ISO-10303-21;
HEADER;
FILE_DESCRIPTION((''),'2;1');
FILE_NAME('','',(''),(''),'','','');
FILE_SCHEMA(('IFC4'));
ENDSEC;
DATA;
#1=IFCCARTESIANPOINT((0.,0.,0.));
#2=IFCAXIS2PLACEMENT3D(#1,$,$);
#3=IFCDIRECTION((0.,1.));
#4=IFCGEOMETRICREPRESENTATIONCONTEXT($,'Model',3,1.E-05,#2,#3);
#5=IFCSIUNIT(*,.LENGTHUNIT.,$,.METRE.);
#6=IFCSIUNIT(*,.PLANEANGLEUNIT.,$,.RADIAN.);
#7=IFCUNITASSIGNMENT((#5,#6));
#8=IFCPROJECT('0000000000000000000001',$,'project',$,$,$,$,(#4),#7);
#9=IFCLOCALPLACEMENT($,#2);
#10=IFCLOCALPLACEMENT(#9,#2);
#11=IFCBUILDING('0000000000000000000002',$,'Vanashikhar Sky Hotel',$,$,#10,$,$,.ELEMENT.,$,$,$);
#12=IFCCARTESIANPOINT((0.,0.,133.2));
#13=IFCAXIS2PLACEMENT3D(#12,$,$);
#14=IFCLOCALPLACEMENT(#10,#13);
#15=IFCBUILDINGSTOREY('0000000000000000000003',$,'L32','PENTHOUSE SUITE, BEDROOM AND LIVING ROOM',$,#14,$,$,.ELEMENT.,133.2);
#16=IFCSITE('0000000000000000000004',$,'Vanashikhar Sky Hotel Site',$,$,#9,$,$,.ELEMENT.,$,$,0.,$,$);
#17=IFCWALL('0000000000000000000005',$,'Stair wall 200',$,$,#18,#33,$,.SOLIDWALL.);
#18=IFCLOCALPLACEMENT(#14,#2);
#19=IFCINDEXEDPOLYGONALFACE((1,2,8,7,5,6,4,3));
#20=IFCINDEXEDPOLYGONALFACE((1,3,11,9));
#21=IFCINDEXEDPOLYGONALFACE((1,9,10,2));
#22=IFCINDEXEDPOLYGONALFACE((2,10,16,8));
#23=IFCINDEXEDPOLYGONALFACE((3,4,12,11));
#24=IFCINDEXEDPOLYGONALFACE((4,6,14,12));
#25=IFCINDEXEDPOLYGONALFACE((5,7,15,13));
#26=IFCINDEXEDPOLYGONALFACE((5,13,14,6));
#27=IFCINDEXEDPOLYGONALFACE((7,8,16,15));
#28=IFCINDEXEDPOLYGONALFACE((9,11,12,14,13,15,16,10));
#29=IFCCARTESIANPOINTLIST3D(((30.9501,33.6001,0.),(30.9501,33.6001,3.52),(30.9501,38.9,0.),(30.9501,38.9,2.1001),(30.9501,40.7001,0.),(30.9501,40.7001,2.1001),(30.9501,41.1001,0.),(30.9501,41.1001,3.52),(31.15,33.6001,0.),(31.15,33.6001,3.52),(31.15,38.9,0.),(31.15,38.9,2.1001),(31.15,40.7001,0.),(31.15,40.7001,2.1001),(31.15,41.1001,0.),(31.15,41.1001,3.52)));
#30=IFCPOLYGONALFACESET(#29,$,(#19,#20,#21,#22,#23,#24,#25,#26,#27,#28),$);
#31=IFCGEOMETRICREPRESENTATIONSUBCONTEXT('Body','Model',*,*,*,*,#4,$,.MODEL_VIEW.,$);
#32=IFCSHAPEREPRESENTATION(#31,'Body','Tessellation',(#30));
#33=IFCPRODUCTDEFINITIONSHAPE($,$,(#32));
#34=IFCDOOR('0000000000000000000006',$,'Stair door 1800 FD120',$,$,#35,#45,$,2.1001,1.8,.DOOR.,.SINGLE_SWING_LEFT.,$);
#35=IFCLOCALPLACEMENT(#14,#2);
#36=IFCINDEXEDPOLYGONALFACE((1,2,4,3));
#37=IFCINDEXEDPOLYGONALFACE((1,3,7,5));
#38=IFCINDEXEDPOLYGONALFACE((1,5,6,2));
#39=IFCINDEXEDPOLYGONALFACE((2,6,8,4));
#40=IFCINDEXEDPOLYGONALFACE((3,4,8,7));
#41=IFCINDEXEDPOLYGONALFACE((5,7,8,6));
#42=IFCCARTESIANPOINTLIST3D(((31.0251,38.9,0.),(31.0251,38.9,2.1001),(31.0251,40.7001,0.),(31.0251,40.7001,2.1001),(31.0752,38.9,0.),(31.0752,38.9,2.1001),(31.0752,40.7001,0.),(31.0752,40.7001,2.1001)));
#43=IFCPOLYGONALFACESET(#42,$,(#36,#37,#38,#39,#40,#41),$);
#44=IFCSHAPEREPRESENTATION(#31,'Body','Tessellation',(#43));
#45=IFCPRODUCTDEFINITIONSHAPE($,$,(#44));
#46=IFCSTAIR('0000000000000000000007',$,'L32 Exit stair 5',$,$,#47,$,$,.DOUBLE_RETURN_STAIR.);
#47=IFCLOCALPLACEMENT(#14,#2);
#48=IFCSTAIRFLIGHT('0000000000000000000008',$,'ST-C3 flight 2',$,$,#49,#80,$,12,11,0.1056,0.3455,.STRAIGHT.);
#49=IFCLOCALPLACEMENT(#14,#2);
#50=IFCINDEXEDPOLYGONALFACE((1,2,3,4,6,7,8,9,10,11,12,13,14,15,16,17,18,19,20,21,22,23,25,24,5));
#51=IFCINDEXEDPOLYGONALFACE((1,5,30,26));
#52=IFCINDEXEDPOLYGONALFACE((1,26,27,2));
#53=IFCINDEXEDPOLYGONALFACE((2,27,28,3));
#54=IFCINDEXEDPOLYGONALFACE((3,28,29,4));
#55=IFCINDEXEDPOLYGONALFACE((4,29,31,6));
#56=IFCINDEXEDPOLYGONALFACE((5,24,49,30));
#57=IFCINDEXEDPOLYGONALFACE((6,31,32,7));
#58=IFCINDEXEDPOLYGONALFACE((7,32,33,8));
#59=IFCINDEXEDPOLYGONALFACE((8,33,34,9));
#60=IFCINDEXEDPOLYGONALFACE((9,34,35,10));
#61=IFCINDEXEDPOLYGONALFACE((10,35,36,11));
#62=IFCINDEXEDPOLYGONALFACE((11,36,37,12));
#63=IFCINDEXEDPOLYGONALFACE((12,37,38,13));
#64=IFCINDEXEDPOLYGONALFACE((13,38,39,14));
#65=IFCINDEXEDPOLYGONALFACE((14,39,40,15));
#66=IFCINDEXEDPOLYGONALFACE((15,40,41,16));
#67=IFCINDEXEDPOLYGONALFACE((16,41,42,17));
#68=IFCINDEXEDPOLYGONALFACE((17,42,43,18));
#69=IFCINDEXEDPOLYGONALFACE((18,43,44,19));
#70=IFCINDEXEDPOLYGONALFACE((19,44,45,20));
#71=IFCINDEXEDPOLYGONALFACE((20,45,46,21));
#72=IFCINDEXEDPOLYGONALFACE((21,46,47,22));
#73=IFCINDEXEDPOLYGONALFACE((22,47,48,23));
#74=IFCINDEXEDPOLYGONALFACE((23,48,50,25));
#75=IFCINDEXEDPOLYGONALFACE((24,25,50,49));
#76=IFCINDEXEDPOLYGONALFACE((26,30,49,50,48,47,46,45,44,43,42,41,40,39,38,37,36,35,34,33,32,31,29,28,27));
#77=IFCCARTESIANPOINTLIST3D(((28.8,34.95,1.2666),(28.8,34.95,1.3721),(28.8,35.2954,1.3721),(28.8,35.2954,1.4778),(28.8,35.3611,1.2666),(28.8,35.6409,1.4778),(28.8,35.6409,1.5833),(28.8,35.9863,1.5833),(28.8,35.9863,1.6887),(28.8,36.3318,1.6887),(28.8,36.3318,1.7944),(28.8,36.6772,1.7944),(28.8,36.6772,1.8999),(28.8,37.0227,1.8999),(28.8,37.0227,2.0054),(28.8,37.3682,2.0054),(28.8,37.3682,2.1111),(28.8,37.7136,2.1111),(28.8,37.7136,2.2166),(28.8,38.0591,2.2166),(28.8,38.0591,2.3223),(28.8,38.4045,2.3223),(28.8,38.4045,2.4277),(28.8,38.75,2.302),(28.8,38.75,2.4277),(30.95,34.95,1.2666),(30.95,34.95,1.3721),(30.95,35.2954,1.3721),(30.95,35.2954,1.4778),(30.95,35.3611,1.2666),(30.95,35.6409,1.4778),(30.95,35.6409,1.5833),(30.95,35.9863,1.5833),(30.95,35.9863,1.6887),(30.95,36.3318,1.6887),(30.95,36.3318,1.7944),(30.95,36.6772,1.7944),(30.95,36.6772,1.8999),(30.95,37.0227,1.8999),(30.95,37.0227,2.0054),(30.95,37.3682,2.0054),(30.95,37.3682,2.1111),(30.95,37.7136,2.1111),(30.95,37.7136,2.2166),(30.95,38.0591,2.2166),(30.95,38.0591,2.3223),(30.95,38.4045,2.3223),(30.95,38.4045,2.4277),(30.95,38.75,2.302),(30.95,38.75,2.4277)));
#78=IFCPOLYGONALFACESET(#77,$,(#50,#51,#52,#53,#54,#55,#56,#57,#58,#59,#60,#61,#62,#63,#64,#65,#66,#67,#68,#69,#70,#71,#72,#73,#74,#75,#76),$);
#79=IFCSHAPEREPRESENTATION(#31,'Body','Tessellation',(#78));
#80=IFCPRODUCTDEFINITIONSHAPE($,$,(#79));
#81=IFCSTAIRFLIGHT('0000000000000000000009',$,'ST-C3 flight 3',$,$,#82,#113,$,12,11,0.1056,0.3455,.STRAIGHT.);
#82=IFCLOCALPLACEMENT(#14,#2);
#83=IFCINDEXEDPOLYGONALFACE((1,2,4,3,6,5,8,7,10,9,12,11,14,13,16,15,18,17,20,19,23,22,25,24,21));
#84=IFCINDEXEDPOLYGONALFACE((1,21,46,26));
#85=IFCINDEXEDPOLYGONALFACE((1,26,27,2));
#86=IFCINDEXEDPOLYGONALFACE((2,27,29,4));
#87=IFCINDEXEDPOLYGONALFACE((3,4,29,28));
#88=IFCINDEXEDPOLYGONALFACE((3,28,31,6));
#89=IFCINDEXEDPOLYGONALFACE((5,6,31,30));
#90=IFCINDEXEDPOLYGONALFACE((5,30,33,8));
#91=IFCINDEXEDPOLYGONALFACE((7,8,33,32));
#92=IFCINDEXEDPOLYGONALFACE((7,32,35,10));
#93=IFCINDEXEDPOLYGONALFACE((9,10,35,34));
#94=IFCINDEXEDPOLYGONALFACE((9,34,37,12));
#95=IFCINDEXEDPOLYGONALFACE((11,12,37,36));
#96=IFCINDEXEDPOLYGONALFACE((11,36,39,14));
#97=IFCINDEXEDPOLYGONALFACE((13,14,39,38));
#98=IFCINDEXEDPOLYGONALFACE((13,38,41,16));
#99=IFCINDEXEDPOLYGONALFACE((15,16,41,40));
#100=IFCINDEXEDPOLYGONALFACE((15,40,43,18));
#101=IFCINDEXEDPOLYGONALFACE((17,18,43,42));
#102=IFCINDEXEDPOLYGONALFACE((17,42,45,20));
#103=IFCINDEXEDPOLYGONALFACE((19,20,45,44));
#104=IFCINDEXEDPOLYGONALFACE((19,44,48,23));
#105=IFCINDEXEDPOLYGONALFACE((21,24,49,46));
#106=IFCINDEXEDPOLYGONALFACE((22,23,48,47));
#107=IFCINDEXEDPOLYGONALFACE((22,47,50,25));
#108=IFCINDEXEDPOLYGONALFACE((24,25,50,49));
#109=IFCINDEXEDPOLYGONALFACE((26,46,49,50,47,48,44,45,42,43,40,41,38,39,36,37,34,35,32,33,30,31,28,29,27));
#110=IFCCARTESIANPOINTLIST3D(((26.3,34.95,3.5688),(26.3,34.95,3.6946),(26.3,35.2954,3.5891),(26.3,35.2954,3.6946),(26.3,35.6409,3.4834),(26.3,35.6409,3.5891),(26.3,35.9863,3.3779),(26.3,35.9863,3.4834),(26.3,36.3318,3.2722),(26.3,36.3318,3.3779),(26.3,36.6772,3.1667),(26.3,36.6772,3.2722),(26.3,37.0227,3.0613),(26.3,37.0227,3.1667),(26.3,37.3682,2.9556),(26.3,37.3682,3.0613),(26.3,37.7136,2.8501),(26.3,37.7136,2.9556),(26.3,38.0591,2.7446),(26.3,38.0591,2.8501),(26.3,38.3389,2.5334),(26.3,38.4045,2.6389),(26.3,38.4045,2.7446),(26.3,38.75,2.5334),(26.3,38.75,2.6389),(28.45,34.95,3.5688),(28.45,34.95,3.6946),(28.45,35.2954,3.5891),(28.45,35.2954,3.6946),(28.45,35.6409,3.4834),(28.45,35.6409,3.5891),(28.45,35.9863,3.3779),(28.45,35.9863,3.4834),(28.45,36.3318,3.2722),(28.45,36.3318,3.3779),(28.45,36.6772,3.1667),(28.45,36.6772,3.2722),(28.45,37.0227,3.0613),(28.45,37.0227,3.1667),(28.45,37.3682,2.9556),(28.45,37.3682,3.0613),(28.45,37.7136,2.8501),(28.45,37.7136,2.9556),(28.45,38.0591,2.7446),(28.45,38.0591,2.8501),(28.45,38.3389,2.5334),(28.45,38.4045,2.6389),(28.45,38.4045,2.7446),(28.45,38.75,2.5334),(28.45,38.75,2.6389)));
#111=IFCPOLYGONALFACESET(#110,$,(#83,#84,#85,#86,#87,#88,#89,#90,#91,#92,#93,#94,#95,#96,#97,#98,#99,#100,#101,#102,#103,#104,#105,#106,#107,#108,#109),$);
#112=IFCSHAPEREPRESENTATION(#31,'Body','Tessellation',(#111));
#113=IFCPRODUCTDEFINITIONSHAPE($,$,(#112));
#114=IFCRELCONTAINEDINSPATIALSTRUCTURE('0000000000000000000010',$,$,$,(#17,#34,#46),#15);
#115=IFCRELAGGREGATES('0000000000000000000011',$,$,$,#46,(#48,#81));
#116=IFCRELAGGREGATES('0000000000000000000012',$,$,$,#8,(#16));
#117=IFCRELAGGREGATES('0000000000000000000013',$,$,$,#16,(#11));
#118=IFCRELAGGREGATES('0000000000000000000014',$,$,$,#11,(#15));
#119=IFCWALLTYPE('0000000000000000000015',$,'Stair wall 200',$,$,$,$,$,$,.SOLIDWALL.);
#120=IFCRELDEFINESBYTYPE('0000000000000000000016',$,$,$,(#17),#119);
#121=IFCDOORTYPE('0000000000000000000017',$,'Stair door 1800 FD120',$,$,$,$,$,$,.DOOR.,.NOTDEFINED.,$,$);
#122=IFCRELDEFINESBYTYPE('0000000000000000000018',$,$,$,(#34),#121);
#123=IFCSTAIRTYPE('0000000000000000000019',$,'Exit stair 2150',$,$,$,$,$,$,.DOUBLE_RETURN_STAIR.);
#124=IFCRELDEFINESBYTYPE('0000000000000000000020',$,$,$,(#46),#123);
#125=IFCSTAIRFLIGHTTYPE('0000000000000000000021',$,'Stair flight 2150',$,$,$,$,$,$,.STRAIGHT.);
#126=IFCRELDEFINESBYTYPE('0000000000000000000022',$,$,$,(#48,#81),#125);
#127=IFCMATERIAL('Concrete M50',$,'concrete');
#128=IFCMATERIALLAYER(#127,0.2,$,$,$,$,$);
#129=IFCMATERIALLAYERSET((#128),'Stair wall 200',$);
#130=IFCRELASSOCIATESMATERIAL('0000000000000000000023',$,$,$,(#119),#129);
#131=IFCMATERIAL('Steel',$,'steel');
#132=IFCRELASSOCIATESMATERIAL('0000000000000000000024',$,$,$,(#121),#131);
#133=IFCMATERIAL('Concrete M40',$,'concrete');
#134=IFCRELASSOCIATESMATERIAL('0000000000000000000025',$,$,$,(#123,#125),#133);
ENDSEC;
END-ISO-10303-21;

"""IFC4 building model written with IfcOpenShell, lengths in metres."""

from ifc_helpers import new_model, si_unit, direction, frame, frame_2d, origin, place, context, subcontext, project, spatial, polyline, rectangle, outline, extrude, source, transform, mapped, material, layer, layer_set, type_object, element, fill, aggregate, save


model = new_model("IFC4")

# Units and contexts
model_context = context("Model", 3, precision=1e-05, world=origin(), true_north=direction((0.0, 1.0)))
body_context = subcontext(model_context, "Body", "Model", "MODEL_VIEW")
ifc_project = project(units=[si_unit("LENGTHUNIT", "METRE"), si_unit("PLANEANGLEUNIT", "RADIAN")], contexts=[model_context])

# Site, building, storey
site_placement = place(None, origin())
site = spatial("IfcSite", under=ifc_project, at=site_placement, Name="Vanashikhar Sky Hotel Site", CompositionType="ELEMENT", RefElevation=0.0)
building_placement = place(site_placement, origin())
building = spatial("IfcBuilding", under=site, at=building_placement, Name="Vanashikhar Sky Hotel", CompositionType="ELEMENT")
storey_placement = place(building_placement, frame((0.0, 0.0, 133.2)))
storey = spatial("IfcBuildingStorey", under=building, at=storey_placement, Name="L32", Description="PENTHOUSE SUITE, BEDROOM AND LIVING ROOM", CompositionType="ELEMENT", Elevation=133.2)

# Shared definitions
ifc_material_1 = material(Name="Steel", Category="steel")

# Shared definitions
ifc_material_2 = material(Name="Concrete M40", Category="concrete")

# Wall, opening, door
ifc_material_3 = material(Name="Concrete M50", Category="concrete")
ifc_layer_1 = layer(ifc_material_3, 0.2)
ifc_layer_set_1 = layer_set([ifc_layer_1], Name="Stair wall 200")
wall_type_1 = type_object("IfcWallType", Name="Stair wall 200", PredefinedType="SOLIDWALL", material=ifc_layer_set_1)
shared_shape_1 = source(origin(), body_context, "Body", "SweptSolid", [
    extrude(rectangle(XDim=7.5, YDim=0.2, at=frame_2d((3.75, 0.0))), origin(), (0.0, 0.0, 1.0), 3.52),
])
wall_1_placement = place(storey_placement, frame((31.05, 33.6001, 0.0), z_axis=(0.0, 0.0, 1.0), x_axis=(0.0, 1.0, 0.0)))
wall_1 = element("IfcWall", 1, at=wall_1_placement, inside=storey, type_object=wall_type_1, Name="Stair wall 200", PredefinedType="SOLIDWALL", context=body_context, shape_type="MappedRepresentation", body=[
    mapped(shared_shape_1, transform((0.0, 0.0, 0.0), scale=1.0)),
])
shared_shape_2 = source(origin(), body_context, "Body", "SweptSolid", [
    extrude(rectangle(XDim=1.8, YDim=2.1001, at=frame_2d((0.8999, 1.05))), frame((0.0, 0.1099, 0.0), z_axis=(0.0, -1.0, 0.0), x_axis=(1.0, 0.0, 0.0)), (0.0, 0.0, 1.0), 0.22),
])
opening_1_placement = place(wall_1_placement, frame((5.3, 0.0, 0.0)))
opening_1 = element("IfcOpeningElement", 2, at=opening_1_placement, cuts=wall_1, PredefinedType="OPENING", context=body_context, shape_type="MappedRepresentation", body=[
    mapped(shared_shape_2, transform((0.0, 0.0, 0.0), scale=1.0)),
])
door_type_1 = type_object("IfcDoorType", Name="Stair door 1800 FD120", OperationType="NOTDEFINED", PredefinedType="DOOR", material=ifc_material_1)
shared_shape_3 = source(origin(), body_context, "Body", "SweptSolid", [
    extrude(rectangle(XDim=1.8, YDim=2.1001, at=frame_2d((0.8999, 1.05))), frame((0.0, 0.0249, 0.0), z_axis=(0.0, -1.0, 0.0), x_axis=(1.0, 0.0, 0.0)), (0.0, 0.0, 1.0), 0.05),
])
door_1_placement = place(opening_1_placement, origin())
door_1 = element("IfcDoor", 3, at=door_1_placement, inside=storey, type_object=door_type_1, Name="Stair door 1800 FD120", OperationType="SINGLE_SWING_LEFT", OverallHeight=2.1001, OverallWidth=1.8, PredefinedType="DOOR", context=body_context, shape_type="MappedRepresentation", body=[
    mapped(shared_shape_3, transform((0.0, 0.0, 0.0), scale=1.0)),
])
fill(opening_1, door_1)

# Stair, stair flights
stair_type = type_object("IfcStairType", Name="Exit stair 2150", PredefinedType="DOUBLE_RETURN_STAIR", material=ifc_material_2)
stair_placement = place(storey_placement, origin())
stair = element("IfcStair", 4, at=stair_placement, inside=storey, type_object=stair_type, Name="L32 Exit stair 5", PredefinedType="DOUBLE_RETURN_STAIR")
stair_flight_type = type_object("IfcStairFlightType", Name="Stair flight 2150", PredefinedType="STRAIGHT", material=ifc_material_2)
shared_shape_4 = source(origin(), body_context, "Body", "SweptSolid", [
    extrude(outline(polyline([(0.0, 0.0), (0.0, 0.1055), (0.3455, 0.1055), (0.3455, 0.2112), (0.6909, 0.2112), (0.6909, 0.3167), (1.0364, 0.3167), (1.0364, 0.4221), (1.3818, 0.4221), (1.3818, 0.5278), (1.7273, 0.5278), (1.7273, 0.6333), (2.0728, 0.6333), (2.0728, 0.7388), (2.4182, 0.7388), (2.4182, 0.8445), (2.7637, 0.8445), (2.7637, 0.95), (3.1091, 0.95), (3.1091, 1.0557), (3.4546, 1.0557), (3.4546, 1.1611), (3.8, 1.1611), (3.8, 1.2666), (3.8, 1.0354), (0.4111, 0.0), (0.0, 0.0)])), frame((0.0, 1.075, 0.0), z_axis=(0.0, -1.0, 0.0), x_axis=(1.0, 0.0, 0.0)), (0.0, 0.0, 1.0), 2.1499),
])
stair_flight_1_placement = place(storey_placement, frame((29.875, 34.95, 1.2666), z_axis=(0.0, 0.0, 1.0), x_axis=(0.0, 1.0, 0.0)))
stair_flight_1 = element("IfcStairFlight", 5, at=stair_flight_1_placement, type_object=stair_flight_type, Name="ST-C3 flight 2", NumberOfRisers=12, NumberOfTreads=11, PredefinedType="STRAIGHT", RiserHeight=0.1056, TreadLength=0.3455, context=body_context, shape_type="MappedRepresentation", body=[
    mapped(shared_shape_4, transform((0.0, 0.0, 0.0), scale=1.0)),
])
stair_flight_2_placement = place(storey_placement, frame((27.375, 38.75, 2.5334), z_axis=(0.0, 0.0, 1.0), x_axis=(0.0, -1.0, 0.0)))
stair_flight_2 = element("IfcStairFlight", 6, at=stair_flight_2_placement, type_object=stair_flight_type, Name="ST-C3 flight 3", NumberOfRisers=12, NumberOfTreads=11, PredefinedType="STRAIGHT", RiserHeight=0.1056, TreadLength=0.3455, context=body_context, shape_type="MappedRepresentation", body=[
    mapped(shared_shape_4, transform((0.0, 0.0, 0.0), scale=1.0)),
])
aggregate(stair, [stair_flight_1, stair_flight_2])

save(model, "model.ifc")
